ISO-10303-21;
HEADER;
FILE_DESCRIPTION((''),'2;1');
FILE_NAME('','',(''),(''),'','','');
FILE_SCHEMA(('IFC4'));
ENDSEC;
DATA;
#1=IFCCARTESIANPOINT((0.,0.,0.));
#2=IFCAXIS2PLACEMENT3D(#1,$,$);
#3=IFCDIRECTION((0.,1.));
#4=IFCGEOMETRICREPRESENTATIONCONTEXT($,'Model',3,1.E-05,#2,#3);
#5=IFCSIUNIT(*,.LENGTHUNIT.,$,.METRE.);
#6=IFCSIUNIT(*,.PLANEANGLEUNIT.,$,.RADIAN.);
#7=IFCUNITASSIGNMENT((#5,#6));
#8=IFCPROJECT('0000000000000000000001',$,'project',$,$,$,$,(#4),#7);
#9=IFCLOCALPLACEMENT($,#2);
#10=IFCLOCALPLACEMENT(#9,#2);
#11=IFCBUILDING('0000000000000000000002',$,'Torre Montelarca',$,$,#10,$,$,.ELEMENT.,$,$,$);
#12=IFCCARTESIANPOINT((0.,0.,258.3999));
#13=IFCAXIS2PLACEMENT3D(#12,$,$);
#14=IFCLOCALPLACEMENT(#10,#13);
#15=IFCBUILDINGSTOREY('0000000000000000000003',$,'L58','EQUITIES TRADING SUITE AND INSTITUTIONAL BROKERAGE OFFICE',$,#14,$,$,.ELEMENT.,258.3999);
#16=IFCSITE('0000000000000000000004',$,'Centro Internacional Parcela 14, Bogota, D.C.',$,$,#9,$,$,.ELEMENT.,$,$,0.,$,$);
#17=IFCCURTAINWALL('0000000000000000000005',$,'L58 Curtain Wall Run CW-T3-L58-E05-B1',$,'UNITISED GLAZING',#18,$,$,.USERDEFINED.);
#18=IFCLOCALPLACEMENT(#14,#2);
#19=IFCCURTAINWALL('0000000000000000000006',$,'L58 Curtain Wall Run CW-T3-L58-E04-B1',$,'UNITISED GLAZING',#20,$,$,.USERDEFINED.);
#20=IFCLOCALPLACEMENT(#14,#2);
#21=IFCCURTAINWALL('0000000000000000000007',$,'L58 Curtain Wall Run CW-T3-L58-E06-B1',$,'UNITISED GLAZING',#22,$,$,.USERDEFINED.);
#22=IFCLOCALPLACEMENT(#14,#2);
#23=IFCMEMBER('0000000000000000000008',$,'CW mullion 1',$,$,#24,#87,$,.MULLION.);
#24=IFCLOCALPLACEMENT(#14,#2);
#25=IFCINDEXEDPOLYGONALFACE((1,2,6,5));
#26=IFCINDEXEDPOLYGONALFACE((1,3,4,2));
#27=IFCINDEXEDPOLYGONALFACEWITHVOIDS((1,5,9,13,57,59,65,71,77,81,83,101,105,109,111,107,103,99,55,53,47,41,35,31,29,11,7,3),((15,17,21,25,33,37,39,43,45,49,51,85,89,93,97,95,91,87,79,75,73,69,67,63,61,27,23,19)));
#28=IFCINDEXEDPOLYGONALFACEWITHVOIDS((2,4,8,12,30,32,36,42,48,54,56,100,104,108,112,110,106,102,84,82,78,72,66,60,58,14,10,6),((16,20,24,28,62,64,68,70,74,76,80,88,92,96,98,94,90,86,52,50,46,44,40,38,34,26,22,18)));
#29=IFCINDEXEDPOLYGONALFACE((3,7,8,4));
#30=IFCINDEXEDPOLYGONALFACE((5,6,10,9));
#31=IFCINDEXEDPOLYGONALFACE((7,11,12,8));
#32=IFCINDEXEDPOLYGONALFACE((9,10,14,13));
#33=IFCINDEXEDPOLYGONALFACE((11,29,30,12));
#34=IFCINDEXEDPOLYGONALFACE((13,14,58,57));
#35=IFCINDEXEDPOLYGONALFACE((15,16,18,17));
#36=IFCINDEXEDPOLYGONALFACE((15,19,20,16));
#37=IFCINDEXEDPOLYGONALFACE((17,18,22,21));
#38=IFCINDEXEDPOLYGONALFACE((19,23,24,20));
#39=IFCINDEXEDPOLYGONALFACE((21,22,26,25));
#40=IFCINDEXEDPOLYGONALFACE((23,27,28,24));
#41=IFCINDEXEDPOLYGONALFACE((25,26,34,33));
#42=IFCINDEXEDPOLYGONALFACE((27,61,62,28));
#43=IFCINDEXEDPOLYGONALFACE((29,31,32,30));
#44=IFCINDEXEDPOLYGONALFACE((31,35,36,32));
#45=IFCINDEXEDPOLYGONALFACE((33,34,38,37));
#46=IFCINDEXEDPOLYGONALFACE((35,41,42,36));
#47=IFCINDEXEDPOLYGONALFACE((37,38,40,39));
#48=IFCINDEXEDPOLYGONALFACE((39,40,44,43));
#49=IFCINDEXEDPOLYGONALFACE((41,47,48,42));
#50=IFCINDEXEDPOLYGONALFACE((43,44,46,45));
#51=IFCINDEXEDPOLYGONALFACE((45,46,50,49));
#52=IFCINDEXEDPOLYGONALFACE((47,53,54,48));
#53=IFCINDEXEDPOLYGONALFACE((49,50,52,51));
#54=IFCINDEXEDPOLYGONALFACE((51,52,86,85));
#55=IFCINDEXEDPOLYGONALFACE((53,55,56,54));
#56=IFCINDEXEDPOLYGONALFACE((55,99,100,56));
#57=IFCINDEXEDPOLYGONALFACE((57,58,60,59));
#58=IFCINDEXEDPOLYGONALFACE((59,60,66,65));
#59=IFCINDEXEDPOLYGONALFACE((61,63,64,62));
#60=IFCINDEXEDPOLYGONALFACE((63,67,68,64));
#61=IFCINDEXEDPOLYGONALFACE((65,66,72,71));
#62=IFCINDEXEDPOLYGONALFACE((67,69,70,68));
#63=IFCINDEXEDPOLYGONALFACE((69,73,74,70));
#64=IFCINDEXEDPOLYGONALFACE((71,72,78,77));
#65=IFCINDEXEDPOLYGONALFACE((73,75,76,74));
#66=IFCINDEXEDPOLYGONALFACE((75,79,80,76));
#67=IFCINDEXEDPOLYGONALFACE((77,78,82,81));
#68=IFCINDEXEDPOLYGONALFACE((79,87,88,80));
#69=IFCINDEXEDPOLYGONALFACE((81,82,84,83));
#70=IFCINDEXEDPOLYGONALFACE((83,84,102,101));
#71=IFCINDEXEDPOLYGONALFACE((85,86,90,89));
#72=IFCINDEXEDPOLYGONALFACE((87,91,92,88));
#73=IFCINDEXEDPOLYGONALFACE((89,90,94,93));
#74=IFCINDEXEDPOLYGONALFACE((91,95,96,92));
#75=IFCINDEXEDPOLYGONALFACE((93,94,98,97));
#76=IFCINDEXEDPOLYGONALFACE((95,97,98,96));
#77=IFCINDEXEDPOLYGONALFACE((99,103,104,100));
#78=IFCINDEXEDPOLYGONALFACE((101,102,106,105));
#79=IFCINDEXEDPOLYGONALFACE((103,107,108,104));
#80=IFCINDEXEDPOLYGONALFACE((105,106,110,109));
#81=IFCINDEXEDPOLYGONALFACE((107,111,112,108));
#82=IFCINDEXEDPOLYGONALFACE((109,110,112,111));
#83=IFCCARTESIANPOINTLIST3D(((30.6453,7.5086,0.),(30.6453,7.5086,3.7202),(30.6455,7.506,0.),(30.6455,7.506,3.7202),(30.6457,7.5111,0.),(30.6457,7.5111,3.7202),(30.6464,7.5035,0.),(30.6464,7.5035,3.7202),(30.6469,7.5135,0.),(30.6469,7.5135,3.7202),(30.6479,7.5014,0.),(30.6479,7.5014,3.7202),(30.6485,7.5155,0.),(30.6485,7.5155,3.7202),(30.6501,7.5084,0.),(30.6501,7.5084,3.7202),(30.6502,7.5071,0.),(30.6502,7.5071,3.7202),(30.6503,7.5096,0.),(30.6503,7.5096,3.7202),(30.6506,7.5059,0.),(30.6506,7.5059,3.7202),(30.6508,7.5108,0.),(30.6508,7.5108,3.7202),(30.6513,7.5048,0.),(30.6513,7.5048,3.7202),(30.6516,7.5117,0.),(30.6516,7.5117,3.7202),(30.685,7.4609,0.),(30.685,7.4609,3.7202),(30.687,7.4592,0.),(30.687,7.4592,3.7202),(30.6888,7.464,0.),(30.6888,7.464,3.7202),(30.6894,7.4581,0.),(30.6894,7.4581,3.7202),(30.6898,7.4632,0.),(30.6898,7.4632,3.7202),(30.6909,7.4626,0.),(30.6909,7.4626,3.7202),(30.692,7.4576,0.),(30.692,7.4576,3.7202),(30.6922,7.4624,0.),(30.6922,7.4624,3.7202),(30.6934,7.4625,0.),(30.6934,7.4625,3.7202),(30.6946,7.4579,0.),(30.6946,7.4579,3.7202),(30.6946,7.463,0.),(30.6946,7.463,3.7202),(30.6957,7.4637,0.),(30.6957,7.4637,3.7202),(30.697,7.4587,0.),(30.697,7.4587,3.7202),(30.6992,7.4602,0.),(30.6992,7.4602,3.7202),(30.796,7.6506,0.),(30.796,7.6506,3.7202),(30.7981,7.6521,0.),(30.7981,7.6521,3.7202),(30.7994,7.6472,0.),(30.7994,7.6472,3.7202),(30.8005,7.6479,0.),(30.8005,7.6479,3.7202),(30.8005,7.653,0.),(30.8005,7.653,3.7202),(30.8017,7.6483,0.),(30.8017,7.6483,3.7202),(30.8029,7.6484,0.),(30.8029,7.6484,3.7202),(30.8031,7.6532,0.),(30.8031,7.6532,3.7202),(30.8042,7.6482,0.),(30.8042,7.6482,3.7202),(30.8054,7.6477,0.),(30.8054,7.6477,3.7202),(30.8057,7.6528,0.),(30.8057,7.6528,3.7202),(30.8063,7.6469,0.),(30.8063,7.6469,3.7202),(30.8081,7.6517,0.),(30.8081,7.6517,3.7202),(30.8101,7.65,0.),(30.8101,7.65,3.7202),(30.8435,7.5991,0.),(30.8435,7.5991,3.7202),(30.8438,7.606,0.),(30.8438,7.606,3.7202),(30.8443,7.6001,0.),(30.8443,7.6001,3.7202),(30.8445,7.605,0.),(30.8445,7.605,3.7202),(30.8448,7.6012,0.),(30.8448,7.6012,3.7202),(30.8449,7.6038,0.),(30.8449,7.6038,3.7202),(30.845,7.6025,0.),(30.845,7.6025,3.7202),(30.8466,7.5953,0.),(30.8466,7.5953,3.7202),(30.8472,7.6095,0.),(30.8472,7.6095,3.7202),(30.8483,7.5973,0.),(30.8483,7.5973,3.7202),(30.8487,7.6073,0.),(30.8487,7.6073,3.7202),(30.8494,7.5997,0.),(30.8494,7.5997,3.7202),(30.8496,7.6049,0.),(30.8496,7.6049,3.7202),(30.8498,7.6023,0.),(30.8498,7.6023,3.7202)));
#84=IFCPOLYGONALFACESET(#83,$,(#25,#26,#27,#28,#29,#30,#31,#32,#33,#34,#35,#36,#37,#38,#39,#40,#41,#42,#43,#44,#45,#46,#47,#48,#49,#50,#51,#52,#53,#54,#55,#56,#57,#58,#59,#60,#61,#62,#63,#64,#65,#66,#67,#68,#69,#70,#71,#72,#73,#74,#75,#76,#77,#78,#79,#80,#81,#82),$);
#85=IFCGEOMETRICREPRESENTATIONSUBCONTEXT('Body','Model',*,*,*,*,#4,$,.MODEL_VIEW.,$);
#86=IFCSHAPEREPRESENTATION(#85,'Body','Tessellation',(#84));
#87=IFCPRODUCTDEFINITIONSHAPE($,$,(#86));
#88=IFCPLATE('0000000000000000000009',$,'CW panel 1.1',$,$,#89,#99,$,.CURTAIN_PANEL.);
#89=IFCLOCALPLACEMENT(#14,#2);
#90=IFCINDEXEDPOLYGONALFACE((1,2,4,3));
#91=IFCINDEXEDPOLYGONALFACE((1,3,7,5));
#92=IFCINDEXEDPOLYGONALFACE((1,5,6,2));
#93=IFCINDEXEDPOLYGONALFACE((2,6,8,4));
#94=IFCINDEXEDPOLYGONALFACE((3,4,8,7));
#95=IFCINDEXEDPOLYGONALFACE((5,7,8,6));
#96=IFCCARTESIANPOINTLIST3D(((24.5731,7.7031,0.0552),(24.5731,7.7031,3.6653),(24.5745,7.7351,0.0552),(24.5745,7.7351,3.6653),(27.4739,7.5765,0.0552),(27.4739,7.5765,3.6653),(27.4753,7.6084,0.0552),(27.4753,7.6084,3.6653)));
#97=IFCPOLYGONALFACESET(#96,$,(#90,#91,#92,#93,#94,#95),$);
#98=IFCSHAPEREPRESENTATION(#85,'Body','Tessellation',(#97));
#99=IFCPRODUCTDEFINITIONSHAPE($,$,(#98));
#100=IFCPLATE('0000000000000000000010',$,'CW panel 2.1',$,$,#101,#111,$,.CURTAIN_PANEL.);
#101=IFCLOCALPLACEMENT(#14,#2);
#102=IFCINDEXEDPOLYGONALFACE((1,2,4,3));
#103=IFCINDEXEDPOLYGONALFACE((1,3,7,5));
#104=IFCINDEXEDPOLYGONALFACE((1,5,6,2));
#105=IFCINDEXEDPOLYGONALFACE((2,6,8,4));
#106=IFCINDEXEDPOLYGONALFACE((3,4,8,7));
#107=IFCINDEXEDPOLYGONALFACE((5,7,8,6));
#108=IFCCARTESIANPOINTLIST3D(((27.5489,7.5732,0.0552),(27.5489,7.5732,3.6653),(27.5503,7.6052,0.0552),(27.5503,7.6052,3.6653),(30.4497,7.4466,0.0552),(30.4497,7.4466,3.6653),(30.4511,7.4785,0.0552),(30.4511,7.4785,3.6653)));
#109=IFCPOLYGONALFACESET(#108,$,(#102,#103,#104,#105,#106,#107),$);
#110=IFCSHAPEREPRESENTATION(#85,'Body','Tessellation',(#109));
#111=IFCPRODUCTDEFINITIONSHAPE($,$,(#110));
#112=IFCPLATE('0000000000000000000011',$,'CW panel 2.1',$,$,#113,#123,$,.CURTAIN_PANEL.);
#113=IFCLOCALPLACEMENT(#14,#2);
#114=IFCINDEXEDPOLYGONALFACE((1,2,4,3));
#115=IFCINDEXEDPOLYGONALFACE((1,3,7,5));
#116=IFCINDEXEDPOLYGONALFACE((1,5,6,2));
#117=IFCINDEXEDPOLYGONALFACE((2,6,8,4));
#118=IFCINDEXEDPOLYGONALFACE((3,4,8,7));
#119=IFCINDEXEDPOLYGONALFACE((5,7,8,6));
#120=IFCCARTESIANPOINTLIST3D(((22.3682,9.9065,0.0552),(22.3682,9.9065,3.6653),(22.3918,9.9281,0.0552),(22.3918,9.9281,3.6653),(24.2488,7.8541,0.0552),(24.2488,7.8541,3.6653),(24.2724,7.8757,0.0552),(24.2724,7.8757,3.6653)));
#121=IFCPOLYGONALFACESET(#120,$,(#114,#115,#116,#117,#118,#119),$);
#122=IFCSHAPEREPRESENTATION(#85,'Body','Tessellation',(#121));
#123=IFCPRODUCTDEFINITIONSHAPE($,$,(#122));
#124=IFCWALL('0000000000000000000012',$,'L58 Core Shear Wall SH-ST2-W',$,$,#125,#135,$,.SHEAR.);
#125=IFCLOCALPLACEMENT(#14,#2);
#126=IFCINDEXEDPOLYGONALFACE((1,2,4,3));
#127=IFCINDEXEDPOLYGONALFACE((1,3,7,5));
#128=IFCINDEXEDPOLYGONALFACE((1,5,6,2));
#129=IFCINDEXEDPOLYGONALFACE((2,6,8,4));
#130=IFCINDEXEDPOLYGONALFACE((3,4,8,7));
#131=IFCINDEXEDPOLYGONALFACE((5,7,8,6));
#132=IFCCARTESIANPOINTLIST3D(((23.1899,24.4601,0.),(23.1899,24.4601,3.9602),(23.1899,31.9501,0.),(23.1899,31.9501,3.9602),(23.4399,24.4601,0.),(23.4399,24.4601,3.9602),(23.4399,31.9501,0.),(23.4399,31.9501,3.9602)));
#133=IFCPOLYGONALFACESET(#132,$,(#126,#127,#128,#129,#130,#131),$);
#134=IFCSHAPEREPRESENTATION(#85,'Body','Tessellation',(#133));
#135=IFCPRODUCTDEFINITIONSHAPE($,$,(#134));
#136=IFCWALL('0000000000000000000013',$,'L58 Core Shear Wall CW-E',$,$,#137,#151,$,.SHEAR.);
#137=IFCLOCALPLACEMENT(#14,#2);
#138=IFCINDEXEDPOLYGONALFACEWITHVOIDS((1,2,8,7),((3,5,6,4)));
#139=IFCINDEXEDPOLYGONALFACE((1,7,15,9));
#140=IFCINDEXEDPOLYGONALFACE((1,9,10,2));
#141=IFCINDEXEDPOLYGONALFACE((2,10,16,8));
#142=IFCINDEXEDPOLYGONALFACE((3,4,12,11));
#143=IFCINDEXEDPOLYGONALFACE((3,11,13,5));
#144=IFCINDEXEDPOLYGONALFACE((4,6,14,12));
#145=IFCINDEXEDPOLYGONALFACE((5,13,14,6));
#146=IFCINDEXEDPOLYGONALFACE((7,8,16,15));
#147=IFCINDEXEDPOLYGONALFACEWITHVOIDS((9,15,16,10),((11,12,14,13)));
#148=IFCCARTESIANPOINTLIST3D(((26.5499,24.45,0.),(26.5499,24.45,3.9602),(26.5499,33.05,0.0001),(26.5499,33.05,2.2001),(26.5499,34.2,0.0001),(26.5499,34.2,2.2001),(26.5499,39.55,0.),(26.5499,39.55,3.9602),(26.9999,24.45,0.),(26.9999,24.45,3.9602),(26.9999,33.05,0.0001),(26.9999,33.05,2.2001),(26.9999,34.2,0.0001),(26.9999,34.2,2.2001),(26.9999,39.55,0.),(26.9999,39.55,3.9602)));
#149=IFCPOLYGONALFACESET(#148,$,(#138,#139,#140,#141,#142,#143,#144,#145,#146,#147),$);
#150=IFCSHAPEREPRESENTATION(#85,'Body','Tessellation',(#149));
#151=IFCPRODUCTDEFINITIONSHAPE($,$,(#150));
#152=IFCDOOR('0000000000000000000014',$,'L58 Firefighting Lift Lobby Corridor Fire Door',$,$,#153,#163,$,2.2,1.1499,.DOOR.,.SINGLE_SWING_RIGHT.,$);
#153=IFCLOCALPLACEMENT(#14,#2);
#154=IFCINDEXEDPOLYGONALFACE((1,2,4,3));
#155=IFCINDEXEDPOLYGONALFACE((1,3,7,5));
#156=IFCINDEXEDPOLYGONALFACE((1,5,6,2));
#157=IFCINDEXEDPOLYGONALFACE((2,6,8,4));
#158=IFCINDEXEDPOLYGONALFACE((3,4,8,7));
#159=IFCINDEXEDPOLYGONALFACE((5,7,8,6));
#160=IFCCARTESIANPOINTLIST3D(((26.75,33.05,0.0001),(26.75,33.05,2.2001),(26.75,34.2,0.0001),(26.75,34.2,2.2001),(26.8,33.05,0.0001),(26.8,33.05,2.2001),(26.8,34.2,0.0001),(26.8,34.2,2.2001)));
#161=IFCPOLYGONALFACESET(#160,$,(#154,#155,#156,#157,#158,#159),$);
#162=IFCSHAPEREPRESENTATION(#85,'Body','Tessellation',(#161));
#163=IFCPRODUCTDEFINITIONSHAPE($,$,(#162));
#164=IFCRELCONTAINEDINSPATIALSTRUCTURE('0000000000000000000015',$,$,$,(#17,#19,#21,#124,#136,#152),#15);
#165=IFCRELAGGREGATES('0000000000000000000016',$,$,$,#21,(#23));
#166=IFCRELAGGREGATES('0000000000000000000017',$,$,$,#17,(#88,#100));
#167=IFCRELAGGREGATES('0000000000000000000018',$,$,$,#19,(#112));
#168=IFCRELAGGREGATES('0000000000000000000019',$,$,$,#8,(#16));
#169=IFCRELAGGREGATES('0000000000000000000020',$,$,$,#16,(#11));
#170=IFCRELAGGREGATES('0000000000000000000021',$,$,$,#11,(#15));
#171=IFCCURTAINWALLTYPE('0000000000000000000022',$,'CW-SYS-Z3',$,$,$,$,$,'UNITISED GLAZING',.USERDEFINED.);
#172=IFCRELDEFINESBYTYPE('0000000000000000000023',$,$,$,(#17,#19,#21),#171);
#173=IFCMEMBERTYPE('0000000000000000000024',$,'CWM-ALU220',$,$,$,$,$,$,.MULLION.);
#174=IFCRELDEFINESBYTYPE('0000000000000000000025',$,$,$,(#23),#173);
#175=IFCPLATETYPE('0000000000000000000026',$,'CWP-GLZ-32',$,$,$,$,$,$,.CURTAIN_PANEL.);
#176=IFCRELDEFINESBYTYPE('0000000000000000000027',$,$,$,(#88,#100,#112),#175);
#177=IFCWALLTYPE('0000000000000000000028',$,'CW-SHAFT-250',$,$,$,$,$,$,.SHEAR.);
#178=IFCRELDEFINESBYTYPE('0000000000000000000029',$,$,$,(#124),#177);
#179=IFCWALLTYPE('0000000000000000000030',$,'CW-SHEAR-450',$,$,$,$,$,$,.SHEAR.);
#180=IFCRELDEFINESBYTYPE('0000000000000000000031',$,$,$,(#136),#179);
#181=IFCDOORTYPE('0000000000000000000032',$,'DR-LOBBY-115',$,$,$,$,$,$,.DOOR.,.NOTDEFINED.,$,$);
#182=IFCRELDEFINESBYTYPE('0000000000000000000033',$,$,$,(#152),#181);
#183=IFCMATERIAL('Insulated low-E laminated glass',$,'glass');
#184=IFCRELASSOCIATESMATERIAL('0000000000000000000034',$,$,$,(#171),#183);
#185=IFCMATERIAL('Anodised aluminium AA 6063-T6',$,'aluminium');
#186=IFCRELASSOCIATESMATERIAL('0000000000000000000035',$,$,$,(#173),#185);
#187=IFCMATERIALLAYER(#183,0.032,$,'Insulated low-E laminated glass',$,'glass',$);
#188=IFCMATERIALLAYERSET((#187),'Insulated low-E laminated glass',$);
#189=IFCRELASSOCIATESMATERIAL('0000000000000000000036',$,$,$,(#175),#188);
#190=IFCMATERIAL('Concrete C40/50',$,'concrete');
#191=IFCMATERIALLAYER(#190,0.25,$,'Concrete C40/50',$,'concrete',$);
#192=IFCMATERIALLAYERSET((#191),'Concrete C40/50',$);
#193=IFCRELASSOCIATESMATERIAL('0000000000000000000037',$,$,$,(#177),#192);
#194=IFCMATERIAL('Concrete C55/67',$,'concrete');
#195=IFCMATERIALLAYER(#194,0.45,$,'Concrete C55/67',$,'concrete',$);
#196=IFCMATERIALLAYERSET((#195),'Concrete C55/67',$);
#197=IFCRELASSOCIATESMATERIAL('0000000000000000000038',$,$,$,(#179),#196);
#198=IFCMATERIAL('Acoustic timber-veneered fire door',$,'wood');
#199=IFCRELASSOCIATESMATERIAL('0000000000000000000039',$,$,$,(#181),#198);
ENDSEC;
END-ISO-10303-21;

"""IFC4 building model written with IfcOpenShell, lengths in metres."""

from ifc_helpers import new_model, si_unit, direction, frame, frame_2d, origin, origin_2d, place, context, subcontext, project, spatial, rectangle, hollow_rectangle, extrude, source, transform, mapped, material, layer, layer_set, material_profile, profile_set, type_object, element, fill, aggregate, save


model = new_model("IFC4")

# Units and contexts
model_context = context("Model", 3, precision=1e-05, world=origin(), true_north=direction((0.0, 1.0)))
body_context = subcontext(model_context, "Body", "Model", "MODEL_VIEW")
ifc_project = project(units=[si_unit("LENGTHUNIT", "METRE"), si_unit("PLANEANGLEUNIT", "RADIAN")], contexts=[model_context])

# Site, building, storey
site_placement = place(None, origin())
site = spatial("IfcSite", under=ifc_project, at=site_placement, Name="Centro Internacional Parcela 14, Bogota, D.C.", CompositionType="ELEMENT", RefElevation=0.0)
building_placement = place(site_placement, origin())
building = spatial("IfcBuilding", under=site, at=building_placement, Name="Torre Montelarca", CompositionType="ELEMENT")
storey_placement = place(building_placement, frame((0.0, 0.0, 258.3999)))
storey = spatial("IfcBuildingStorey", under=building, at=storey_placement, Name="L58", Description="EQUITIES TRADING SUITE AND INSTITUTIONAL BROKERAGE OFFICE", CompositionType="ELEMENT", Elevation=258.3999)

# Shared definitions
ifc_material_1 = material(Name="Concrete C55/67", Category="concrete")

# Curtain walls
ifc_material_2 = material(Name="Insulated low-E laminated glass", Category="glass")
curtain_wall_type = type_object("IfcCurtainWallType", Name="CW-SYS-Z3", ElementType="UNITISED GLAZING", PredefinedType="USERDEFINED", material=ifc_material_2)
curtain_wall_1_placement = place(storey_placement, origin())
curtain_wall_1 = element("IfcCurtainWall", 1, at=curtain_wall_1_placement, inside=storey, type_object=curtain_wall_type, Name="L58 Curtain Wall Run CW-T3-L58-E05-B1", ObjectType="UNITISED GLAZING", PredefinedType="USERDEFINED")
ifc_material_3 = material(Name="Anodised aluminium AA 6063-T6", Category="aluminium")
curtain_wall_2_placement = place(storey_placement, origin())
curtain_wall_2 = element("IfcCurtainWall", 2, at=curtain_wall_2_placement, inside=storey, type_object=curtain_wall_type, Name="L58 Curtain Wall Run CW-T3-L58-E04-B1", ObjectType="UNITISED GLAZING", PredefinedType="USERDEFINED")
ifc_material_profile_1 = material_profile(ifc_material_3, hollow_rectangle(XDim=0.075, YDim=0.22, WallThickness=0.0049, InnerFilletRadius=0.0049, OuterFilletRadius=0.01, at=origin_2d()), Name="ALU75X220X5", Category="aluminium")
ifc_profile_set_1 = profile_set([ifc_material_profile_1], Name="Anodised aluminium AA 6063-T6")
member_type_1 = type_object("IfcMemberType", Name="CWM-ALU220", PredefinedType="MULLION", material=ifc_profile_set_1)
shared_shape_1 = source(origin(), body_context, "Body", "SweptSolid", [
    extrude(hollow_rectangle(XDim=0.075, YDim=0.22, WallThickness=0.0049, InnerFilletRadius=0.0049, OuterFilletRadius=0.01, at=origin_2d()), origin(), (0.0, 0.0, 1.0), 3.7202),
])

# Curtain wall, member
curtain_wall_3_placement = place(storey_placement, origin())
curtain_wall_3 = element("IfcCurtainWall", 3, at=curtain_wall_3_placement, inside=storey, type_object=curtain_wall_type, Name="L58 Curtain Wall Run CW-T3-L58-E06-B1", ObjectType="UNITISED GLAZING", PredefinedType="USERDEFINED")
member_1_placement = place(storey_placement, frame((30.7476, 7.5554, 0.0), z_axis=(0.0, 0.0, 1.0), x_axis=(-0.675587, 0.73728, 0.0)))
member_1 = element("IfcMember", 4, at=member_1_placement, type_object=member_type_1, Name="CW mullion 1", PredefinedType="MULLION", context=body_context, shape_type="MappedRepresentation", body=[
    mapped(shared_shape_1, transform((0.0, 0.0, 0.0), scale=1.0)),
])
aggregate(curtain_wall_3, [member_1])

# Plates
ifc_layer_1 = layer(ifc_material_2, 0.032, Name="Insulated low-E laminated glass", Category="glass")
ifc_layer_set_1 = layer_set([ifc_layer_1], Name="Insulated low-E laminated glass")
plate_type = type_object("IfcPlateType", Name="CWP-GLZ-32", PredefinedType="CURTAIN_PANEL", material=ifc_layer_set_1)
shared_shape_2 = source(origin(), body_context, "Body", "SweptSolid", [
    extrude(rectangle(XDim=2.9036, YDim=0.032, at=origin_2d()), origin(), (0.0, 0.0, 1.0), 3.6101),
])
plate_1_placement = place(storey_placement, frame((26.0242, 7.6558, 0.0552), z_axis=(0.0, 0.0, 1.0), x_axis=(0.999048, -0.043616, 0.0)))
plate_1 = element("IfcPlate", 5, at=plate_1_placement, type_object=plate_type, Name="CW panel 1.1", PredefinedType="CURTAIN_PANEL", context=body_context, shape_type="MappedRepresentation", body=[
    mapped(shared_shape_2, transform((0.0, 0.0, 0.0), scale=1.0)),
])
plate_2_placement = place(storey_placement, frame((29.0, 7.5259, 0.0552), z_axis=(0.0, 0.0, 1.0), x_axis=(0.999048, -0.043616, 0.0)))
plate_2 = element("IfcPlate", 6, at=plate_2_placement, type_object=plate_type, Name="CW panel 2.1", PredefinedType="CURTAIN_PANEL", context=body_context, shape_type="MappedRepresentation", body=[
    mapped(shared_shape_2, transform((0.0, 0.0, 0.0), scale=1.0)),
])
aggregate(curtain_wall_1, [plate_1, plate_2])
shared_shape_3 = source(origin(), body_context, "Body", "SweptSolid", [
    extrude(rectangle(XDim=2.7837, YDim=0.032, at=origin_2d()), origin(), (0.0, 0.0, 1.0), 3.6101),
])
plate_3_placement = place(storey_placement, frame((23.3203, 8.8911, 0.0552), z_axis=(0.0, 0.0, 1.0), x_axis=(0.675573, -0.737293, 0.0)))
plate_3 = element("IfcPlate", 7, at=plate_3_placement, type_object=plate_type, Name="CW panel 2.1", PredefinedType="CURTAIN_PANEL", context=body_context, shape_type="MappedRepresentation", body=[
    mapped(shared_shape_3, transform((0.0, 0.0, 0.0), scale=1.0)),
])
aggregate(curtain_wall_2, [plate_3])

# Wall
ifc_material_4 = material(Name="Concrete C40/50", Category="concrete")
ifc_layer_2 = layer(ifc_material_4, 0.25, Name="Concrete C40/50", Category="concrete")
ifc_layer_set_2 = layer_set([ifc_layer_2], Name="Concrete C40/50")
wall_type_1 = type_object("IfcWallType", Name="CW-SHAFT-250", PredefinedType="SHEAR", material=ifc_layer_set_2)
wall_1_placement = place(storey_placement, frame((23.3149, 24.46, 0.0), z_axis=(0.0, 0.0, 1.0), x_axis=(0.0, 1.0, 0.0)))
element("IfcWall", 8, at=wall_1_placement, inside=storey, type_object=wall_type_1, Name="L58 Core Shear Wall SH-ST2-W", PredefinedType="SHEAR", context=body_context, shape_type="SweptSolid", body=[
    extrude(rectangle(XDim=7.49, YDim=0.25, at=frame_2d((3.7451, 0.0))), origin(), (0.0, 0.0, 1.0), 3.9602),
])

# Wall, opening, door
ifc_layer_3 = layer(ifc_material_1, 0.45, Name="Concrete C55/67", Category="concrete")
ifc_layer_set_3 = layer_set([ifc_layer_3], Name="Concrete C55/67")
wall_type_2 = type_object("IfcWallType", Name="CW-SHEAR-450", PredefinedType="SHEAR", material=ifc_layer_set_3)
wall_2_placement = place(storey_placement, frame((26.7749, 24.45, 0.0), z_axis=(0.0, 0.0, 1.0), x_axis=(0.0, 1.0, 0.0)))
wall_2 = element("IfcWall", 9, at=wall_2_placement, inside=storey, type_object=wall_type_2, Name="L58 Core Shear Wall CW-E", PredefinedType="SHEAR", context=body_context, shape_type="SweptSolid", body=[
    extrude(rectangle(XDim=15.1001, YDim=0.45, at=frame_2d((7.55, 0.0))), origin(), (0.0, 0.0, 1.0), 3.9602),
])
opening_placement = place(wall_2_placement, frame((8.6001, 0.0, 0.0)))
opening = element("IfcOpeningElement", 10, at=opening_placement, cuts=wall_2, PredefinedType="OPENING", context=body_context, shape_type="SweptSolid", body=[
    extrude(rectangle(XDim=1.1499, YDim=2.2, at=frame_2d((0.575, 1.1001))), frame((0.0, 0.2349, 0.0), z_axis=(0.0, -1.0, 0.0), x_axis=(1.0, 0.0, 0.0)), (0.0, 0.0, 1.0), 0.47),
])
ifc_material_5 = material(Name="Acoustic timber-veneered fire door", Category="wood")
door_type = type_object("IfcDoorType", Name="DR-LOBBY-115", OperationType="NOTDEFINED", PredefinedType="DOOR", material=ifc_material_5)
shared_shape_4 = source(origin(), body_context, "Body", "SweptSolid", [
    extrude(rectangle(XDim=1.1499, YDim=2.2, at=frame_2d((0.575, 1.1001))), frame((0.0, 0.0249, 0.0), z_axis=(0.0, -1.0, 0.0), x_axis=(1.0, 0.0, 0.0)), (0.0, 0.0, 1.0), 0.05),
])
door_placement = place(opening_placement, origin())
door = element("IfcDoor", 11, at=door_placement, inside=storey, type_object=door_type, Name="L58 Firefighting Lift Lobby Corridor Fire Door", OperationType="SINGLE_SWING_RIGHT", OverallHeight=2.2, OverallWidth=1.1499, PredefinedType="DOOR", context=body_context, shape_type="MappedRepresentation", body=[
    mapped(shared_shape_4, transform((0.0, 0.0, 0.0), scale=1.0)),
])
fill(opening, door)

save(model, "model.ifc")
